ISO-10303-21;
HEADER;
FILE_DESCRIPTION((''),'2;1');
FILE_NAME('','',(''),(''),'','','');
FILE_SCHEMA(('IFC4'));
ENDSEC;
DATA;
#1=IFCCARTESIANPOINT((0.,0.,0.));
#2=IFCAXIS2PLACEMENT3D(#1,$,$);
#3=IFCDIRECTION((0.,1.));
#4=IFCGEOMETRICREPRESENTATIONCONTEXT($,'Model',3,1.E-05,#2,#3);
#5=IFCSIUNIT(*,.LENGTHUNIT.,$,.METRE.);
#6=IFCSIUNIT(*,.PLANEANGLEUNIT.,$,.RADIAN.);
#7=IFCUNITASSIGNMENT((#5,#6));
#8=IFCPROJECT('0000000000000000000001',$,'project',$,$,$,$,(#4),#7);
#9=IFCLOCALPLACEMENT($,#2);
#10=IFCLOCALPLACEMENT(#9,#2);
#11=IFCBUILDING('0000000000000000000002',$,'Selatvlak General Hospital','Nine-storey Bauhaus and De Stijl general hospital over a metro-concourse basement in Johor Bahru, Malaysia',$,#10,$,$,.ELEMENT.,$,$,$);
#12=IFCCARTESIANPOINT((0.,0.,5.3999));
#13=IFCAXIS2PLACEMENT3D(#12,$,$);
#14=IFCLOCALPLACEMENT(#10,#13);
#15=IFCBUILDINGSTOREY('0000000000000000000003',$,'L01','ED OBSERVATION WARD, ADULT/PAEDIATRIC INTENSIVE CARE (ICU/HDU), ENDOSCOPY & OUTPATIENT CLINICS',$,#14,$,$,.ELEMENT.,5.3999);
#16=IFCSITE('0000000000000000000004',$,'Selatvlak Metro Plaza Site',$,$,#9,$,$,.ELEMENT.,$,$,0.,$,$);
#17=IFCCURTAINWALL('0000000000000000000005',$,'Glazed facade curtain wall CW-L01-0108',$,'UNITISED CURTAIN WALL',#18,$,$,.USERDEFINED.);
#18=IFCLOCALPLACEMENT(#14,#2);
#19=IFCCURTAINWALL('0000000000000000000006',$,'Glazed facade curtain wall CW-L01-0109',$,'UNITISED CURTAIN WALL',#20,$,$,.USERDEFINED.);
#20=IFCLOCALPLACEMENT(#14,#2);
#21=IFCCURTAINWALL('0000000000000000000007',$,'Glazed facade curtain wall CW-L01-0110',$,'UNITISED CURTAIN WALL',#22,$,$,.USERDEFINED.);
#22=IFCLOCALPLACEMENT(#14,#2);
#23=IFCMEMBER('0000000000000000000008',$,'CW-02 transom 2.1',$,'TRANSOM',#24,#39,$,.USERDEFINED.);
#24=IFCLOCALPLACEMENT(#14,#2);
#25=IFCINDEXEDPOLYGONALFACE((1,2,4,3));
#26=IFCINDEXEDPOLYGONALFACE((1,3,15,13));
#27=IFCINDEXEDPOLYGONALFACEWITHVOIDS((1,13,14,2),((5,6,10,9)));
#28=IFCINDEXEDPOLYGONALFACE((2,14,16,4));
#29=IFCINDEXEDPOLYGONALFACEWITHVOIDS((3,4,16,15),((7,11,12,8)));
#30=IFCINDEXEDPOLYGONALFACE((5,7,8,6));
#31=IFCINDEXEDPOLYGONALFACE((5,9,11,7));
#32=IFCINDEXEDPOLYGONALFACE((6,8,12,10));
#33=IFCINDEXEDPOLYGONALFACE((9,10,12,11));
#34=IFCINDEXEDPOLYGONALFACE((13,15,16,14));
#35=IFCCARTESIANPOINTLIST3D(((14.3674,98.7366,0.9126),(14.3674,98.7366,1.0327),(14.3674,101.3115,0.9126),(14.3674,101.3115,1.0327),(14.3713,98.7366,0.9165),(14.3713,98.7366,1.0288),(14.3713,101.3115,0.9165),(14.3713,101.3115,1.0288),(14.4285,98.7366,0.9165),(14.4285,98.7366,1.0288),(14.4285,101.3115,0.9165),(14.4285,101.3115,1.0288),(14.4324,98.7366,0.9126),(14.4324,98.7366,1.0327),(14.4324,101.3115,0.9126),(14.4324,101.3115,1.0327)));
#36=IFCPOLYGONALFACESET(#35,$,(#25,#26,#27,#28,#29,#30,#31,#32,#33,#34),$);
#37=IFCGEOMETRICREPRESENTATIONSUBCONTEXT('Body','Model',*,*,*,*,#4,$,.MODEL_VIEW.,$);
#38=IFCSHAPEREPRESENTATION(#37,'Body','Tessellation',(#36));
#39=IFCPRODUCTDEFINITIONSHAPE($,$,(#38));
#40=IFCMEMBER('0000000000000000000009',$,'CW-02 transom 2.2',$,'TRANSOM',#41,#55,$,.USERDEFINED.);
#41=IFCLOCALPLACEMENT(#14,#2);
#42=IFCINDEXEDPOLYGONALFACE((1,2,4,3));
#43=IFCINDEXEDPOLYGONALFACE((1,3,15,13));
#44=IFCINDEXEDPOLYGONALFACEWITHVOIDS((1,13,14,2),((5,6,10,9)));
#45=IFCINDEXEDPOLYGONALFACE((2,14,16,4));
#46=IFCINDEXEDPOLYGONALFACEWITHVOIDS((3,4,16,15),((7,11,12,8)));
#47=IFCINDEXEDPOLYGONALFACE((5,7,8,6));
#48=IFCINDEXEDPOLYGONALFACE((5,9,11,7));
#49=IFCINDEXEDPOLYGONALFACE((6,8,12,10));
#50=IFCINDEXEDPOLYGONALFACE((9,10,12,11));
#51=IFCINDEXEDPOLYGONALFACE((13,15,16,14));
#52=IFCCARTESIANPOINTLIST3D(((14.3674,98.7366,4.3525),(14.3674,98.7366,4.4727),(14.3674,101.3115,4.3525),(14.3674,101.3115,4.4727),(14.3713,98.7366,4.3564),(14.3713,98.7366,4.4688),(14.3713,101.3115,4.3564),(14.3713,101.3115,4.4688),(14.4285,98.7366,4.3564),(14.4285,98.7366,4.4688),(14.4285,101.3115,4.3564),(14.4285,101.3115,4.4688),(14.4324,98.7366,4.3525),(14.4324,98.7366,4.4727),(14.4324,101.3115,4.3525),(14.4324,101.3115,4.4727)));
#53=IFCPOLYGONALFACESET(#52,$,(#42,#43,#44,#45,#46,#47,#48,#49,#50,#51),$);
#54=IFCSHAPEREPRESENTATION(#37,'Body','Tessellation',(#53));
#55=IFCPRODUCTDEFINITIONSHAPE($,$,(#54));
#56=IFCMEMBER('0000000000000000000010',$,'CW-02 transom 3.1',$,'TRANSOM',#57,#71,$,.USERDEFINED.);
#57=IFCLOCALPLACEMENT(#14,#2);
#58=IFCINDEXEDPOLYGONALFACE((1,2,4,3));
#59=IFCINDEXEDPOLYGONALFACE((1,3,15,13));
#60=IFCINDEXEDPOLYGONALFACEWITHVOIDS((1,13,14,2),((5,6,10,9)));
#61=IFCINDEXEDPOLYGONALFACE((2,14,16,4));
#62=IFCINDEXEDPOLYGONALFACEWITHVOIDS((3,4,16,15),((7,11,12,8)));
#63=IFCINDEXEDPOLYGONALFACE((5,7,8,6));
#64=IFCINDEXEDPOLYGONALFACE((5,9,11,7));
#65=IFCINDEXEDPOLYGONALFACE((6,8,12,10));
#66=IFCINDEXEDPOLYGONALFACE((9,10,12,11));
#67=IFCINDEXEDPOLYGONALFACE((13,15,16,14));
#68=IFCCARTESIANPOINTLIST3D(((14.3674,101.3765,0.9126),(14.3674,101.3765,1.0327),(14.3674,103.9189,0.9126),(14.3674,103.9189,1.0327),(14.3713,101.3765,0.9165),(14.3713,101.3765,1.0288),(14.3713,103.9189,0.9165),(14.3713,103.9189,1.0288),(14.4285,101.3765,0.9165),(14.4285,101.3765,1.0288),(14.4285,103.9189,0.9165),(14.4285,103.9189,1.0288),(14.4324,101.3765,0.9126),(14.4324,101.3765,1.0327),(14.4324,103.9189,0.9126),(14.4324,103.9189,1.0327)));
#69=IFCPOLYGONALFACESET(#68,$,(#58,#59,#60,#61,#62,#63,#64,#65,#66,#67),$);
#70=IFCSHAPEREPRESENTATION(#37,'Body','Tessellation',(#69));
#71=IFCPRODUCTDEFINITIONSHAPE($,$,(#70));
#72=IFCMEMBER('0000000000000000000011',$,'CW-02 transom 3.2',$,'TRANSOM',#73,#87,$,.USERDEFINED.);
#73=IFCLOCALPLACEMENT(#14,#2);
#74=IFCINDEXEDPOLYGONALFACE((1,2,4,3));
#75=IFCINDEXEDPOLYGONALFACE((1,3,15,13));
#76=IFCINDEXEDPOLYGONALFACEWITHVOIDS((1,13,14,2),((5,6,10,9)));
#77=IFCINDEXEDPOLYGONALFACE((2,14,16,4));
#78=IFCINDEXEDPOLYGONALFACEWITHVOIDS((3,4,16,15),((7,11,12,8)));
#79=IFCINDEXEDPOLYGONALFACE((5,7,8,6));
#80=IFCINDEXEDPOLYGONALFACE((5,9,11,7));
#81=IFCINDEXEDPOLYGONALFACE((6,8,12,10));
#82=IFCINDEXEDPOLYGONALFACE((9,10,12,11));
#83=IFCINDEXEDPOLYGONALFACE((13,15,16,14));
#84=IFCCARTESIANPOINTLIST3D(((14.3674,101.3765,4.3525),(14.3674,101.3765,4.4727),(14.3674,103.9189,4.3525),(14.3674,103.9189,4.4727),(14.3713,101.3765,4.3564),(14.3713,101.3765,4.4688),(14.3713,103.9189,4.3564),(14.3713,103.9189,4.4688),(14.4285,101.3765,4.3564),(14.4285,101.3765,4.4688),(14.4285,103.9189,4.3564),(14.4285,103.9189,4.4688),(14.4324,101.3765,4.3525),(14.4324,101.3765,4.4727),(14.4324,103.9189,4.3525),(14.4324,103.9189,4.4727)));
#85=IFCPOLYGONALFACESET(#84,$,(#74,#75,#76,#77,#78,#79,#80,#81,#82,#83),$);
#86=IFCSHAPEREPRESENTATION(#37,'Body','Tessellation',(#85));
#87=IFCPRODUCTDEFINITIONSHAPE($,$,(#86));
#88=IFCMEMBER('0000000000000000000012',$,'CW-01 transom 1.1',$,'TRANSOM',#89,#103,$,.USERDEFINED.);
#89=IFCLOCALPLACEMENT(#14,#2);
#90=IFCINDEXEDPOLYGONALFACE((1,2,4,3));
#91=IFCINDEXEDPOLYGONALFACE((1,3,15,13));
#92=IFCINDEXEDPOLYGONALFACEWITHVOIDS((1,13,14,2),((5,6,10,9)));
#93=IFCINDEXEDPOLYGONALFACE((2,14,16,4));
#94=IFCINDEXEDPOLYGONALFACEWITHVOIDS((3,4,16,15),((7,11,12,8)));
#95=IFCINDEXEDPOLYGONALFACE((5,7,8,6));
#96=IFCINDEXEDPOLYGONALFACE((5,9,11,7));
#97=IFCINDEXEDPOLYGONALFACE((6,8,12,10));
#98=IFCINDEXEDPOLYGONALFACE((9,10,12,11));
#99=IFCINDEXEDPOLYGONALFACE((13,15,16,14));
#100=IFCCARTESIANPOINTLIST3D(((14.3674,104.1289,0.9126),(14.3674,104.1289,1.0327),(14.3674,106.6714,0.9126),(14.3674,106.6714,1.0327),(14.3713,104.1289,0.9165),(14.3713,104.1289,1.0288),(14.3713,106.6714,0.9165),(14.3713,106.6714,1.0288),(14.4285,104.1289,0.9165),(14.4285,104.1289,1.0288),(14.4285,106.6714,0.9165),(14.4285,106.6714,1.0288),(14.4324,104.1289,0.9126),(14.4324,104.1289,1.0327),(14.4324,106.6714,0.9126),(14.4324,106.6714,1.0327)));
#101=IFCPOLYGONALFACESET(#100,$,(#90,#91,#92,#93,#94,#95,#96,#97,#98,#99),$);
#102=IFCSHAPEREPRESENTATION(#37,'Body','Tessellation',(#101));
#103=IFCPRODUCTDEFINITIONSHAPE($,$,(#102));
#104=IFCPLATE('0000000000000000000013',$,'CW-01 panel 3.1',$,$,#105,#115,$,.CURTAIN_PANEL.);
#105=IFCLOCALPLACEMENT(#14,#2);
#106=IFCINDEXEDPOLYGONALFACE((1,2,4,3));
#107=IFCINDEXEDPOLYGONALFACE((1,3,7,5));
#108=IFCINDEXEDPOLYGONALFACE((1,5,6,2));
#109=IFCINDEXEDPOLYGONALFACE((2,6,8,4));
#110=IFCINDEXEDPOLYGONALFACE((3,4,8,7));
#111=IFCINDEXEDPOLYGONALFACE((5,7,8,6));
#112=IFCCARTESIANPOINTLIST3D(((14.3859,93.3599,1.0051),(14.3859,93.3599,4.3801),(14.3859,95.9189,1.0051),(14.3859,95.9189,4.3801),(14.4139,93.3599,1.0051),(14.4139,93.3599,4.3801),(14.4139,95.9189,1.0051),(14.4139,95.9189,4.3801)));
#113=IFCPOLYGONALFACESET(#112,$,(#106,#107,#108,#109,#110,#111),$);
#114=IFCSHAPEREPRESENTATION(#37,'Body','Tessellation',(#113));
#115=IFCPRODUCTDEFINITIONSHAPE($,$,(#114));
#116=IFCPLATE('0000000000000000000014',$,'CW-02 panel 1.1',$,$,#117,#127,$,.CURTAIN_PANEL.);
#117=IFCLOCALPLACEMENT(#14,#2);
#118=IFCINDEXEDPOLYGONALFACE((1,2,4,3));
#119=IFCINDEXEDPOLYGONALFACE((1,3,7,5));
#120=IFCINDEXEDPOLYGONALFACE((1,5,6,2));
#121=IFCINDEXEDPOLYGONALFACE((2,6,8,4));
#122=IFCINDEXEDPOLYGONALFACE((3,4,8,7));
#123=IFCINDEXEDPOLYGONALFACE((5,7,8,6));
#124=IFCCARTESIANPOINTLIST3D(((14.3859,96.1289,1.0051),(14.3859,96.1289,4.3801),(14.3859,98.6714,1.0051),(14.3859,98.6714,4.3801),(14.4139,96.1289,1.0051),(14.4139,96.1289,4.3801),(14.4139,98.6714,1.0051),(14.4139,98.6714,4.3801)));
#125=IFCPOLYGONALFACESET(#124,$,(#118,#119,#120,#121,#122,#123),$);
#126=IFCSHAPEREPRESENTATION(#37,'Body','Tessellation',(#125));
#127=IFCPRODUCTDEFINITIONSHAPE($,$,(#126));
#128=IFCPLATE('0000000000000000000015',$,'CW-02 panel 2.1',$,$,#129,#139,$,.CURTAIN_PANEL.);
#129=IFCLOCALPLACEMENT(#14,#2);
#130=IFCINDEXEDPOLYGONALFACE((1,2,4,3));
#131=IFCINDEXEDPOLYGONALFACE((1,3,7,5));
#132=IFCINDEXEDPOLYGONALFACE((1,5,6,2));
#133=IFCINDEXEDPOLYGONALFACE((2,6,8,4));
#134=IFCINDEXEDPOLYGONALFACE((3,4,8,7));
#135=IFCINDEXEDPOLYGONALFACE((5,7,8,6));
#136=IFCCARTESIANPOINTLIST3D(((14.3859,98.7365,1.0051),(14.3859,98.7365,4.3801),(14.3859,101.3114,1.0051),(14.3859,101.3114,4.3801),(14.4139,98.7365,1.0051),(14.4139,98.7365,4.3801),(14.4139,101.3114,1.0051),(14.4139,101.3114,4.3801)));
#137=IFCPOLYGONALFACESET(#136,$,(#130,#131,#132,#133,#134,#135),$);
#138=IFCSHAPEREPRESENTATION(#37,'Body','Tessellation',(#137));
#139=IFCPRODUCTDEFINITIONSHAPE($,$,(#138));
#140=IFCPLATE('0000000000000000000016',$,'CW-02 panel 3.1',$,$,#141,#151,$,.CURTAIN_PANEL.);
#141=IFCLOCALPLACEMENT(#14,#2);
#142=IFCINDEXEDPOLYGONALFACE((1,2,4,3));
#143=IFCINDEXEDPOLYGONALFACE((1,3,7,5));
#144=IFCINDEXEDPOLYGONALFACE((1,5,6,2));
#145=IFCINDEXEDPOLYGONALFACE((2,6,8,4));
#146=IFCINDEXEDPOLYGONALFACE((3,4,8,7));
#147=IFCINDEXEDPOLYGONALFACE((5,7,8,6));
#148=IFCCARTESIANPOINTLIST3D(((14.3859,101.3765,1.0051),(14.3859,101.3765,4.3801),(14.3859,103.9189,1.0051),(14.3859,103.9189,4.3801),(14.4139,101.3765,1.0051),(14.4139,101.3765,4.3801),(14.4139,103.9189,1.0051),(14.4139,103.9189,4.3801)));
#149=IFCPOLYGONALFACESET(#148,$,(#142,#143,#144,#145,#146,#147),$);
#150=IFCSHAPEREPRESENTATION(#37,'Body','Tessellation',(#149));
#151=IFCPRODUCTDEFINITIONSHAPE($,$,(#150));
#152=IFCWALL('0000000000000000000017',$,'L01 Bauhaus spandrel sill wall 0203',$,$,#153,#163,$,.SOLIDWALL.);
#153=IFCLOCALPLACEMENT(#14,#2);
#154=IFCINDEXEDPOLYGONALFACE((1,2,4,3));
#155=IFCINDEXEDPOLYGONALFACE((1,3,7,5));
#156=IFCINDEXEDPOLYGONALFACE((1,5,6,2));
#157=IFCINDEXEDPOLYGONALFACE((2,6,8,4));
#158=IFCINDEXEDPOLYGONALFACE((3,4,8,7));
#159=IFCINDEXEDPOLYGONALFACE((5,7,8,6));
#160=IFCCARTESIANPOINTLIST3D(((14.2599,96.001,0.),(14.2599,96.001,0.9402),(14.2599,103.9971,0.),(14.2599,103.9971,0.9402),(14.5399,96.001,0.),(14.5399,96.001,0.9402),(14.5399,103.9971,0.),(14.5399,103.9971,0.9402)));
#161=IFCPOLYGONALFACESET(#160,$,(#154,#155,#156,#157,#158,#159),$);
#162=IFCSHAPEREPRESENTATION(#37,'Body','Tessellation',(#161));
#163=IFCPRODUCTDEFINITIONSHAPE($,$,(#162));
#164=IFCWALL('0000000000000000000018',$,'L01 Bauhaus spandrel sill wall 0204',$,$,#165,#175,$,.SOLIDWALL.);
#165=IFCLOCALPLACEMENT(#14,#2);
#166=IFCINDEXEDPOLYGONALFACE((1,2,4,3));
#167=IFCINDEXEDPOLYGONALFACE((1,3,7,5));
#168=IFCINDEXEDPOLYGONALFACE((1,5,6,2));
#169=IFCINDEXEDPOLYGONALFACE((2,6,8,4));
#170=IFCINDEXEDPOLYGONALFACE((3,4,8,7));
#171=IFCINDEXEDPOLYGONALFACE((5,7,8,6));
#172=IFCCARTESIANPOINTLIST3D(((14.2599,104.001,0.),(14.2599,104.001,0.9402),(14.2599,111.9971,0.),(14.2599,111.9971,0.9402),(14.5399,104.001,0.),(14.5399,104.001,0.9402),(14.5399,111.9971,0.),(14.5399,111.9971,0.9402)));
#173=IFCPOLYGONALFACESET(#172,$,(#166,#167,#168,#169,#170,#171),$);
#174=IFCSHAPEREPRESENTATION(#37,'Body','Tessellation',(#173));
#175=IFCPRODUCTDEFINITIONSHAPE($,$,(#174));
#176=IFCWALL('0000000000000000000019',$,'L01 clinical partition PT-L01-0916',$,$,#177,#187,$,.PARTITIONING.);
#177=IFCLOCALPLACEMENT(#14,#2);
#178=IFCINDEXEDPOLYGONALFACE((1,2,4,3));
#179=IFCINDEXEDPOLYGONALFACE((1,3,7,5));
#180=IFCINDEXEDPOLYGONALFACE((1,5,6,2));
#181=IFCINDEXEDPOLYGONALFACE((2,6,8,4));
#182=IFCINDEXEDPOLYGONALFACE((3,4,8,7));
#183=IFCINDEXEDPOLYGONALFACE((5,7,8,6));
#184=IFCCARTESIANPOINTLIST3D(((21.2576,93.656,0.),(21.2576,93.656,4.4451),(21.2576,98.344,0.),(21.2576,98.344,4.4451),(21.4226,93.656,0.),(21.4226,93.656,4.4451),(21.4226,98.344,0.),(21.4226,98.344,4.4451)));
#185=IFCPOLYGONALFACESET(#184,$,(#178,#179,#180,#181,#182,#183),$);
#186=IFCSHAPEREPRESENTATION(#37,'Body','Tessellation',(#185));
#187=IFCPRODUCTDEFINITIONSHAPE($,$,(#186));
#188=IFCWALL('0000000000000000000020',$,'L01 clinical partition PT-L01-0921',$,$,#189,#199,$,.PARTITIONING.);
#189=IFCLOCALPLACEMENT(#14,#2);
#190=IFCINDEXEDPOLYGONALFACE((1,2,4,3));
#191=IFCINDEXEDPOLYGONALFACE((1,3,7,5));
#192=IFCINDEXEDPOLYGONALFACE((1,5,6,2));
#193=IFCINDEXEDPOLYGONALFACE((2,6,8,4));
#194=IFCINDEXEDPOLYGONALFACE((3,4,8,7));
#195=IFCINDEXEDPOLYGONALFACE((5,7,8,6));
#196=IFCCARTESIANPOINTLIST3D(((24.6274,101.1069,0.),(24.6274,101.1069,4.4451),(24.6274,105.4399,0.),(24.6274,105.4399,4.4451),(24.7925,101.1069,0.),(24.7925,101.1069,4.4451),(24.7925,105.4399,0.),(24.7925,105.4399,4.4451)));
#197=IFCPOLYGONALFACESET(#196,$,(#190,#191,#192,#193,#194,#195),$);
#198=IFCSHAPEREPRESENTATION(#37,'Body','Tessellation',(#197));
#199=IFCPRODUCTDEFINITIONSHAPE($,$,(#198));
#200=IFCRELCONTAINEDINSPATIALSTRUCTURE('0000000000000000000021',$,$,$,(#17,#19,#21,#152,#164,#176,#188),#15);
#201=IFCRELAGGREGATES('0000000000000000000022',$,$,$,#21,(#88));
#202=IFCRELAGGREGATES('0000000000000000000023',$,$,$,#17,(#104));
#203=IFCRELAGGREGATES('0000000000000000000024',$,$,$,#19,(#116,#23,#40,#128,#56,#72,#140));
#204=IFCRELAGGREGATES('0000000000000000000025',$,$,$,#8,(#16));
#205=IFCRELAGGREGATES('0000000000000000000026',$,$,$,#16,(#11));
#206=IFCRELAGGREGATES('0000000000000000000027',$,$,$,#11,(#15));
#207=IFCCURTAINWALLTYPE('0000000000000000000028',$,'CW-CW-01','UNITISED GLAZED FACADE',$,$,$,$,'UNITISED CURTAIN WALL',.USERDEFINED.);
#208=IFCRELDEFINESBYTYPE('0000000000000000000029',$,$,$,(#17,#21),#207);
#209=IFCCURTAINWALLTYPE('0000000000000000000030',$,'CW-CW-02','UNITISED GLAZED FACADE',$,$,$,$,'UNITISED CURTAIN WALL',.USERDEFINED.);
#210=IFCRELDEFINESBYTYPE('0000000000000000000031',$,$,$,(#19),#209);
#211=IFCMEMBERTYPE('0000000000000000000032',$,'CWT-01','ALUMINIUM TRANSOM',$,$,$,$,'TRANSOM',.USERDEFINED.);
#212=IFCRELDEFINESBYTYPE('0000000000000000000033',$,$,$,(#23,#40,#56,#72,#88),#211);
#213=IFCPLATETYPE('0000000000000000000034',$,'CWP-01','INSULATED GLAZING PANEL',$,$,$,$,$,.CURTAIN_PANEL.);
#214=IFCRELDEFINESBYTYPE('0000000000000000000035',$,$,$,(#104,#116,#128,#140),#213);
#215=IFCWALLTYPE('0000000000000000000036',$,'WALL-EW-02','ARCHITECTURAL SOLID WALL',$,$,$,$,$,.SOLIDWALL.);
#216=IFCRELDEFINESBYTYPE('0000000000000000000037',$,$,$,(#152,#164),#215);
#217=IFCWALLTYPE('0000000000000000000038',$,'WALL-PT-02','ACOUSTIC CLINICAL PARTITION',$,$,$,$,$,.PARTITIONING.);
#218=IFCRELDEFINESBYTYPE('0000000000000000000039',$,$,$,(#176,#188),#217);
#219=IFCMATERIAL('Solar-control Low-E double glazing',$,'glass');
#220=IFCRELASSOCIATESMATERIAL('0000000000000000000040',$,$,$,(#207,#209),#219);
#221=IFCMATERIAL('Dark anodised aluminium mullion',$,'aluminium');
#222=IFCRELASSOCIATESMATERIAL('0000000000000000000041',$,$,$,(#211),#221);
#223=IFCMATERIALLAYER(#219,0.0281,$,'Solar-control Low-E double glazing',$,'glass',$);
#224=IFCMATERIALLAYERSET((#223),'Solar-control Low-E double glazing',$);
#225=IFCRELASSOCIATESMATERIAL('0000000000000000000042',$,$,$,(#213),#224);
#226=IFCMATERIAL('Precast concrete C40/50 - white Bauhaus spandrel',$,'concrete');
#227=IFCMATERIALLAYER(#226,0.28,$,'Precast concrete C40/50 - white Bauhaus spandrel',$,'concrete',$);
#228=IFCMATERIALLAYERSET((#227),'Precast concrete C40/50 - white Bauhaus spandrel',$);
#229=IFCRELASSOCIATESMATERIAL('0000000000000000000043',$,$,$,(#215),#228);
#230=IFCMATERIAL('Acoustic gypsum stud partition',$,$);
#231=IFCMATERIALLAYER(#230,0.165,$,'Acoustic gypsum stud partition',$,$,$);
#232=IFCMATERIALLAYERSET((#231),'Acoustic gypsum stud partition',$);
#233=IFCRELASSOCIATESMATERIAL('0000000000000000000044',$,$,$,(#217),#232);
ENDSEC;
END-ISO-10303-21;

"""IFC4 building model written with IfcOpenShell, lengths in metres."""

from ifc_helpers import new_model, si_unit, direction, frame, frame_2d, origin, origin_2d, place, context, subcontext, project, spatial, rectangle, hollow_rectangle, extrude, material, layer, layer_set, material_profile, profile_set, type_object, element, aggregate, save


model = new_model("IFC4")

# Units and contexts
model_context = context("Model", 3, precision=1e-05, world=origin(), true_north=direction((0.0, 1.0)))
body_context = subcontext(model_context, "Body", "Model", "MODEL_VIEW")
ifc_project = project(units=[si_unit("LENGTHUNIT", "METRE"), si_unit("PLANEANGLEUNIT", "RADIAN")], contexts=[model_context])

# Site, building, storey
site_placement = place(None, origin())
site = spatial("IfcSite", under=ifc_project, at=site_placement, Name="Selatvlak Metro Plaza Site", CompositionType="ELEMENT", RefElevation=0.0)
building_placement = place(site_placement, origin())
building = spatial("IfcBuilding", under=site, at=building_placement, Name="Selatvlak General Hospital", Description="Nine-storey Bauhaus and De Stijl general hospital over a metro-concourse basement in Johor Bahru, Malaysia", CompositionType="ELEMENT")
storey_placement = place(building_placement, frame((0.0, 0.0, 5.3999)))
storey = spatial("IfcBuildingStorey", under=building, at=storey_placement, Name="L01", Description="ED OBSERVATION WARD, ADULT/PAEDIATRIC INTENSIVE CARE (ICU/HDU), ENDOSCOPY & OUTPATIENT CLINICS", CompositionType="ELEMENT", Elevation=5.3999)

# Curtain wall
ifc_material_1 = material(Name="Solar-control Low-E double glazing", Category="glass")
curtain_wall_type_1 = type_object("IfcCurtainWallType", Name="CW-CW-01", Description="UNITISED GLAZED FACADE", ElementType="UNITISED CURTAIN WALL", PredefinedType="USERDEFINED", material=ifc_material_1)
curtain_wall_1_placement = place(storey_placement, origin())
curtain_wall_1 = element("IfcCurtainWall", 1, at=curtain_wall_1_placement, inside=storey, type_object=curtain_wall_type_1, Name="Glazed facade curtain wall CW-L01-0108", ObjectType="UNITISED CURTAIN WALL", PredefinedType="USERDEFINED")
ifc_material_2 = material(Name="Dark anodised aluminium mullion", Category="aluminium")

# Curtain wall
curtain_wall_type_2 = type_object("IfcCurtainWallType", Name="CW-CW-02", Description="UNITISED GLAZED FACADE", ElementType="UNITISED CURTAIN WALL", PredefinedType="USERDEFINED", material=ifc_material_1)
curtain_wall_2_placement = place(storey_placement, origin())
curtain_wall_2 = element("IfcCurtainWall", 2, at=curtain_wall_2_placement, inside=storey, type_object=curtain_wall_type_2, Name="Glazed facade curtain wall CW-L01-0109", ObjectType="UNITISED CURTAIN WALL", PredefinedType="USERDEFINED")

# Curtain wall
curtain_wall_3_placement = place(storey_placement, origin())
curtain_wall_3 = element("IfcCurtainWall", 3, at=curtain_wall_3_placement, inside=storey, type_object=curtain_wall_type_1, Name="Glazed facade curtain wall CW-L01-0110", ObjectType="UNITISED CURTAIN WALL", PredefinedType="USERDEFINED")

# Members
ifc_material_profile_1 = material_profile(ifc_material_2, hollow_rectangle(XDim=0.0649, YDim=0.1201, WallThickness=0.0039, at=origin_2d()), Name="AL-TRN 65x120x4")
ifc_profile_set_1 = profile_set([ifc_material_profile_1], Name="Dark anodised aluminium mullion")
member_type_1 = type_object("IfcMemberType", Name="CWT-01", Description="ALUMINIUM TRANSOM", ElementType="TRANSOM", PredefinedType="USERDEFINED", material=ifc_profile_set_1)
member_1_placement = place(storey_placement, frame((14.3999, 98.7366, 0.9727), z_axis=(0.0, 1.0, 0.0), x_axis=(-1.0, 0.0, 0.0)))
member_1 = element("IfcMember", 4, at=member_1_placement, type_object=member_type_1, Name="CW-02 transom 2.1", ObjectType="TRANSOM", PredefinedType="USERDEFINED", context=body_context, shape_type="SweptSolid", body=[
    extrude(hollow_rectangle(XDim=0.0649, YDim=0.1201, WallThickness=0.0039, at=origin_2d()), origin(), (0.0, 0.0, 1.0), 2.575),
])
member_2_placement = place(storey_placement, frame((14.3999, 98.7366, 4.4126), z_axis=(0.0, 1.0, 0.0), x_axis=(-1.0, 0.0, 0.0)))
member_2 = element("IfcMember", 5, at=member_2_placement, type_object=member_type_1, Name="CW-02 transom 2.2", ObjectType="TRANSOM", PredefinedType="USERDEFINED", context=body_context, shape_type="SweptSolid", body=[
    extrude(hollow_rectangle(XDim=0.0649, YDim=0.1201, WallThickness=0.0039, at=origin_2d()), origin(), (0.0, 0.0, 1.0), 2.575),
])
member_3_placement = place(storey_placement, frame((14.3999, 101.3765, 0.9727), z_axis=(0.0, 1.0, 0.0), x_axis=(-1.0, 0.0, 0.0)))
member_3 = element("IfcMember", 6, at=member_3_placement, type_object=member_type_1, Name="CW-02 transom 3.1", ObjectType="TRANSOM", PredefinedType="USERDEFINED", context=body_context, shape_type="SweptSolid", body=[
    extrude(hollow_rectangle(XDim=0.0649, YDim=0.1201, WallThickness=0.0039, at=origin_2d()), origin(), (0.0, 0.0, 1.0), 2.5425),
])
member_4_placement = place(storey_placement, frame((14.3999, 101.3765, 4.4126), z_axis=(0.0, 1.0, 0.0), x_axis=(-1.0, 0.0, 0.0)))
member_4 = element("IfcMember", 7, at=member_4_placement, type_object=member_type_1, Name="CW-02 transom 3.2", ObjectType="TRANSOM", PredefinedType="USERDEFINED", context=body_context, shape_type="SweptSolid", body=[
    extrude(hollow_rectangle(XDim=0.0649, YDim=0.1201, WallThickness=0.0039, at=origin_2d()), origin(), (0.0, 0.0, 1.0), 2.5425),
])
member_5_placement = place(storey_placement, frame((14.3999, 104.1289, 0.9727), z_axis=(0.0, 1.0, 0.0), x_axis=(-1.0, 0.0, 0.0)))
member_5 = element("IfcMember", 8, at=member_5_placement, type_object=member_type_1, Name="CW-01 transom 1.1", ObjectType="TRANSOM", PredefinedType="USERDEFINED", context=body_context, shape_type="SweptSolid", body=[
    extrude(hollow_rectangle(XDim=0.0649, YDim=0.1201, WallThickness=0.0039, at=origin_2d()), origin(), (0.0, 0.0, 1.0), 2.5425),
])
aggregate(curtain_wall_3, [member_5])

# Plates
ifc_layer_1 = layer(ifc_material_1, 0.0281, Name="Solar-control Low-E double glazing", Category="glass")
ifc_layer_set_1 = layer_set([ifc_layer_1], Name="Solar-control Low-E double glazing")
plate_type = type_object("IfcPlateType", Name="CWP-01", Description="INSULATED GLAZING PANEL", PredefinedType="CURTAIN_PANEL", material=ifc_layer_set_1)
plate_1_placement = place(storey_placement, frame((14.3999, 94.6394, 1.0051), z_axis=(0.0, 0.0, 1.0), x_axis=(0.0, 1.0, 0.0)))
plate_1 = element("IfcPlate", 9, at=plate_1_placement, type_object=plate_type, Name="CW-01 panel 3.1", PredefinedType="CURTAIN_PANEL", context=body_context, shape_type="SweptSolid", body=[
    extrude(rectangle(XDim=2.5591, YDim=0.0281, at=origin_2d()), origin(), (0.0, 0.0, 1.0), 3.375),
])
aggregate(curtain_wall_1, [plate_1])
plate_2_placement = place(storey_placement, frame((14.3999, 97.4001, 1.0051), z_axis=(0.0, 0.0, 1.0), x_axis=(0.0, 1.0, 0.0)))
plate_2 = element("IfcPlate", 10, at=plate_2_placement, type_object=plate_type, Name="CW-02 panel 1.1", PredefinedType="CURTAIN_PANEL", context=body_context, shape_type="SweptSolid", body=[
    extrude(rectangle(XDim=2.5425, YDim=0.0281, at=origin_2d()), origin(), (0.0, 0.0, 1.0), 3.375),
])
plate_3_placement = place(storey_placement, frame((14.3999, 100.0239, 1.0051), z_axis=(0.0, 0.0, 1.0), x_axis=(0.0, 1.0, 0.0)))
plate_3 = element("IfcPlate", 11, at=plate_3_placement, type_object=plate_type, Name="CW-02 panel 2.1", PredefinedType="CURTAIN_PANEL", context=body_context, shape_type="SweptSolid", body=[
    extrude(rectangle(XDim=2.575, YDim=0.0281, at=origin_2d()), origin(), (0.0, 0.0, 1.0), 3.375),
])
plate_4_placement = place(storey_placement, frame((14.3999, 102.6477, 1.0051), z_axis=(0.0, 0.0, 1.0), x_axis=(0.0, 1.0, 0.0)))
plate_4 = element("IfcPlate", 12, at=plate_4_placement, type_object=plate_type, Name="CW-02 panel 3.1", PredefinedType="CURTAIN_PANEL", context=body_context, shape_type="SweptSolid", body=[
    extrude(rectangle(XDim=2.5425, YDim=0.0281, at=origin_2d()), origin(), (0.0, 0.0, 1.0), 3.375),
])
aggregate(curtain_wall_2, [plate_2, member_1, member_2, plate_3, member_3, member_4, plate_4])

# Walls
ifc_material_3 = material(Name="Precast concrete C40/50 - white Bauhaus spandrel", Category="concrete")
ifc_layer_2 = layer(ifc_material_3, 0.28, Name="Precast concrete C40/50 - white Bauhaus spandrel", Category="concrete")
ifc_layer_set_2 = layer_set([ifc_layer_2], Name="Precast concrete C40/50 - white Bauhaus spandrel")
wall_type_1 = type_object("IfcWallType", Name="WALL-EW-02", Description="ARCHITECTURAL SOLID WALL", PredefinedType="SOLIDWALL", material=ifc_layer_set_2)
for number, where, z_axis, x_axis, name in (
    (13, (14.3999, 96.001, 0.0), (0.0, 0.0, 1.0), (0.0, 1.0, 0.0), "L01 Bauhaus spandrel sill wall 0203"),
    (14, (14.3999, 104.001, 0.0), (0.0, 0.0, 1.0), (0.0, 1.0, 0.0), "L01 Bauhaus spandrel sill wall 0204"),
):
    element("IfcWall", number, at=place(storey_placement, frame(where, z_axis=z_axis, x_axis=x_axis)), inside=storey, type_object=wall_type_1, Name=name, PredefinedType="SOLIDWALL", context=body_context, shape_type="SweptSolid", body=[
        extrude(rectangle(XDim=7.9961, YDim=0.28, at=frame_2d((3.998, 0.0))), origin(), (0.0, 0.0, 1.0), 0.9402),
    ])
ifc_material_4 = material(Name="Acoustic gypsum stud partition")
ifc_layer_3 = layer(ifc_material_4, 0.165, Name="Acoustic gypsum stud partition")
ifc_layer_set_3 = layer_set([ifc_layer_3], Name="Acoustic gypsum stud partition")
wall_type_2 = type_object("IfcWallType", Name="WALL-PT-02", Description="ACOUSTIC CLINICAL PARTITION", PredefinedType="PARTITIONING", material=ifc_layer_set_3)
wall_1_placement = place(storey_placement, frame((21.3401, 98.344, 0.0), z_axis=(0.0, 0.0, 1.0), x_axis=(0.0, -1.0, 0.0)))
element("IfcWall", 15, at=wall_1_placement, inside=storey, type_object=wall_type_2, Name="L01 clinical partition PT-L01-0916", PredefinedType="PARTITIONING", context=body_context, shape_type="SweptSolid", body=[
    extrude(rectangle(XDim=4.688, YDim=0.165, at=frame_2d((2.344, 0.0))), origin(), (0.0, 0.0, 1.0), 4.4451),
])
wall_2_placement = place(storey_placement, frame((24.71, 101.1069, 0.0), z_axis=(0.0, 0.0, 1.0), x_axis=(0.0, 1.0, 0.0)))
element("IfcWall", 16, at=wall_2_placement, inside=storey, type_object=wall_type_2, Name="L01 clinical partition PT-L01-0921", PredefinedType="PARTITIONING", context=body_context, shape_type="SweptSolid", body=[
    extrude(rectangle(XDim=4.333, YDim=0.165, at=frame_2d((2.1665, 0.0))), origin(), (0.0, 0.0, 1.0), 4.4451),
])

save(model, "model.ifc")
